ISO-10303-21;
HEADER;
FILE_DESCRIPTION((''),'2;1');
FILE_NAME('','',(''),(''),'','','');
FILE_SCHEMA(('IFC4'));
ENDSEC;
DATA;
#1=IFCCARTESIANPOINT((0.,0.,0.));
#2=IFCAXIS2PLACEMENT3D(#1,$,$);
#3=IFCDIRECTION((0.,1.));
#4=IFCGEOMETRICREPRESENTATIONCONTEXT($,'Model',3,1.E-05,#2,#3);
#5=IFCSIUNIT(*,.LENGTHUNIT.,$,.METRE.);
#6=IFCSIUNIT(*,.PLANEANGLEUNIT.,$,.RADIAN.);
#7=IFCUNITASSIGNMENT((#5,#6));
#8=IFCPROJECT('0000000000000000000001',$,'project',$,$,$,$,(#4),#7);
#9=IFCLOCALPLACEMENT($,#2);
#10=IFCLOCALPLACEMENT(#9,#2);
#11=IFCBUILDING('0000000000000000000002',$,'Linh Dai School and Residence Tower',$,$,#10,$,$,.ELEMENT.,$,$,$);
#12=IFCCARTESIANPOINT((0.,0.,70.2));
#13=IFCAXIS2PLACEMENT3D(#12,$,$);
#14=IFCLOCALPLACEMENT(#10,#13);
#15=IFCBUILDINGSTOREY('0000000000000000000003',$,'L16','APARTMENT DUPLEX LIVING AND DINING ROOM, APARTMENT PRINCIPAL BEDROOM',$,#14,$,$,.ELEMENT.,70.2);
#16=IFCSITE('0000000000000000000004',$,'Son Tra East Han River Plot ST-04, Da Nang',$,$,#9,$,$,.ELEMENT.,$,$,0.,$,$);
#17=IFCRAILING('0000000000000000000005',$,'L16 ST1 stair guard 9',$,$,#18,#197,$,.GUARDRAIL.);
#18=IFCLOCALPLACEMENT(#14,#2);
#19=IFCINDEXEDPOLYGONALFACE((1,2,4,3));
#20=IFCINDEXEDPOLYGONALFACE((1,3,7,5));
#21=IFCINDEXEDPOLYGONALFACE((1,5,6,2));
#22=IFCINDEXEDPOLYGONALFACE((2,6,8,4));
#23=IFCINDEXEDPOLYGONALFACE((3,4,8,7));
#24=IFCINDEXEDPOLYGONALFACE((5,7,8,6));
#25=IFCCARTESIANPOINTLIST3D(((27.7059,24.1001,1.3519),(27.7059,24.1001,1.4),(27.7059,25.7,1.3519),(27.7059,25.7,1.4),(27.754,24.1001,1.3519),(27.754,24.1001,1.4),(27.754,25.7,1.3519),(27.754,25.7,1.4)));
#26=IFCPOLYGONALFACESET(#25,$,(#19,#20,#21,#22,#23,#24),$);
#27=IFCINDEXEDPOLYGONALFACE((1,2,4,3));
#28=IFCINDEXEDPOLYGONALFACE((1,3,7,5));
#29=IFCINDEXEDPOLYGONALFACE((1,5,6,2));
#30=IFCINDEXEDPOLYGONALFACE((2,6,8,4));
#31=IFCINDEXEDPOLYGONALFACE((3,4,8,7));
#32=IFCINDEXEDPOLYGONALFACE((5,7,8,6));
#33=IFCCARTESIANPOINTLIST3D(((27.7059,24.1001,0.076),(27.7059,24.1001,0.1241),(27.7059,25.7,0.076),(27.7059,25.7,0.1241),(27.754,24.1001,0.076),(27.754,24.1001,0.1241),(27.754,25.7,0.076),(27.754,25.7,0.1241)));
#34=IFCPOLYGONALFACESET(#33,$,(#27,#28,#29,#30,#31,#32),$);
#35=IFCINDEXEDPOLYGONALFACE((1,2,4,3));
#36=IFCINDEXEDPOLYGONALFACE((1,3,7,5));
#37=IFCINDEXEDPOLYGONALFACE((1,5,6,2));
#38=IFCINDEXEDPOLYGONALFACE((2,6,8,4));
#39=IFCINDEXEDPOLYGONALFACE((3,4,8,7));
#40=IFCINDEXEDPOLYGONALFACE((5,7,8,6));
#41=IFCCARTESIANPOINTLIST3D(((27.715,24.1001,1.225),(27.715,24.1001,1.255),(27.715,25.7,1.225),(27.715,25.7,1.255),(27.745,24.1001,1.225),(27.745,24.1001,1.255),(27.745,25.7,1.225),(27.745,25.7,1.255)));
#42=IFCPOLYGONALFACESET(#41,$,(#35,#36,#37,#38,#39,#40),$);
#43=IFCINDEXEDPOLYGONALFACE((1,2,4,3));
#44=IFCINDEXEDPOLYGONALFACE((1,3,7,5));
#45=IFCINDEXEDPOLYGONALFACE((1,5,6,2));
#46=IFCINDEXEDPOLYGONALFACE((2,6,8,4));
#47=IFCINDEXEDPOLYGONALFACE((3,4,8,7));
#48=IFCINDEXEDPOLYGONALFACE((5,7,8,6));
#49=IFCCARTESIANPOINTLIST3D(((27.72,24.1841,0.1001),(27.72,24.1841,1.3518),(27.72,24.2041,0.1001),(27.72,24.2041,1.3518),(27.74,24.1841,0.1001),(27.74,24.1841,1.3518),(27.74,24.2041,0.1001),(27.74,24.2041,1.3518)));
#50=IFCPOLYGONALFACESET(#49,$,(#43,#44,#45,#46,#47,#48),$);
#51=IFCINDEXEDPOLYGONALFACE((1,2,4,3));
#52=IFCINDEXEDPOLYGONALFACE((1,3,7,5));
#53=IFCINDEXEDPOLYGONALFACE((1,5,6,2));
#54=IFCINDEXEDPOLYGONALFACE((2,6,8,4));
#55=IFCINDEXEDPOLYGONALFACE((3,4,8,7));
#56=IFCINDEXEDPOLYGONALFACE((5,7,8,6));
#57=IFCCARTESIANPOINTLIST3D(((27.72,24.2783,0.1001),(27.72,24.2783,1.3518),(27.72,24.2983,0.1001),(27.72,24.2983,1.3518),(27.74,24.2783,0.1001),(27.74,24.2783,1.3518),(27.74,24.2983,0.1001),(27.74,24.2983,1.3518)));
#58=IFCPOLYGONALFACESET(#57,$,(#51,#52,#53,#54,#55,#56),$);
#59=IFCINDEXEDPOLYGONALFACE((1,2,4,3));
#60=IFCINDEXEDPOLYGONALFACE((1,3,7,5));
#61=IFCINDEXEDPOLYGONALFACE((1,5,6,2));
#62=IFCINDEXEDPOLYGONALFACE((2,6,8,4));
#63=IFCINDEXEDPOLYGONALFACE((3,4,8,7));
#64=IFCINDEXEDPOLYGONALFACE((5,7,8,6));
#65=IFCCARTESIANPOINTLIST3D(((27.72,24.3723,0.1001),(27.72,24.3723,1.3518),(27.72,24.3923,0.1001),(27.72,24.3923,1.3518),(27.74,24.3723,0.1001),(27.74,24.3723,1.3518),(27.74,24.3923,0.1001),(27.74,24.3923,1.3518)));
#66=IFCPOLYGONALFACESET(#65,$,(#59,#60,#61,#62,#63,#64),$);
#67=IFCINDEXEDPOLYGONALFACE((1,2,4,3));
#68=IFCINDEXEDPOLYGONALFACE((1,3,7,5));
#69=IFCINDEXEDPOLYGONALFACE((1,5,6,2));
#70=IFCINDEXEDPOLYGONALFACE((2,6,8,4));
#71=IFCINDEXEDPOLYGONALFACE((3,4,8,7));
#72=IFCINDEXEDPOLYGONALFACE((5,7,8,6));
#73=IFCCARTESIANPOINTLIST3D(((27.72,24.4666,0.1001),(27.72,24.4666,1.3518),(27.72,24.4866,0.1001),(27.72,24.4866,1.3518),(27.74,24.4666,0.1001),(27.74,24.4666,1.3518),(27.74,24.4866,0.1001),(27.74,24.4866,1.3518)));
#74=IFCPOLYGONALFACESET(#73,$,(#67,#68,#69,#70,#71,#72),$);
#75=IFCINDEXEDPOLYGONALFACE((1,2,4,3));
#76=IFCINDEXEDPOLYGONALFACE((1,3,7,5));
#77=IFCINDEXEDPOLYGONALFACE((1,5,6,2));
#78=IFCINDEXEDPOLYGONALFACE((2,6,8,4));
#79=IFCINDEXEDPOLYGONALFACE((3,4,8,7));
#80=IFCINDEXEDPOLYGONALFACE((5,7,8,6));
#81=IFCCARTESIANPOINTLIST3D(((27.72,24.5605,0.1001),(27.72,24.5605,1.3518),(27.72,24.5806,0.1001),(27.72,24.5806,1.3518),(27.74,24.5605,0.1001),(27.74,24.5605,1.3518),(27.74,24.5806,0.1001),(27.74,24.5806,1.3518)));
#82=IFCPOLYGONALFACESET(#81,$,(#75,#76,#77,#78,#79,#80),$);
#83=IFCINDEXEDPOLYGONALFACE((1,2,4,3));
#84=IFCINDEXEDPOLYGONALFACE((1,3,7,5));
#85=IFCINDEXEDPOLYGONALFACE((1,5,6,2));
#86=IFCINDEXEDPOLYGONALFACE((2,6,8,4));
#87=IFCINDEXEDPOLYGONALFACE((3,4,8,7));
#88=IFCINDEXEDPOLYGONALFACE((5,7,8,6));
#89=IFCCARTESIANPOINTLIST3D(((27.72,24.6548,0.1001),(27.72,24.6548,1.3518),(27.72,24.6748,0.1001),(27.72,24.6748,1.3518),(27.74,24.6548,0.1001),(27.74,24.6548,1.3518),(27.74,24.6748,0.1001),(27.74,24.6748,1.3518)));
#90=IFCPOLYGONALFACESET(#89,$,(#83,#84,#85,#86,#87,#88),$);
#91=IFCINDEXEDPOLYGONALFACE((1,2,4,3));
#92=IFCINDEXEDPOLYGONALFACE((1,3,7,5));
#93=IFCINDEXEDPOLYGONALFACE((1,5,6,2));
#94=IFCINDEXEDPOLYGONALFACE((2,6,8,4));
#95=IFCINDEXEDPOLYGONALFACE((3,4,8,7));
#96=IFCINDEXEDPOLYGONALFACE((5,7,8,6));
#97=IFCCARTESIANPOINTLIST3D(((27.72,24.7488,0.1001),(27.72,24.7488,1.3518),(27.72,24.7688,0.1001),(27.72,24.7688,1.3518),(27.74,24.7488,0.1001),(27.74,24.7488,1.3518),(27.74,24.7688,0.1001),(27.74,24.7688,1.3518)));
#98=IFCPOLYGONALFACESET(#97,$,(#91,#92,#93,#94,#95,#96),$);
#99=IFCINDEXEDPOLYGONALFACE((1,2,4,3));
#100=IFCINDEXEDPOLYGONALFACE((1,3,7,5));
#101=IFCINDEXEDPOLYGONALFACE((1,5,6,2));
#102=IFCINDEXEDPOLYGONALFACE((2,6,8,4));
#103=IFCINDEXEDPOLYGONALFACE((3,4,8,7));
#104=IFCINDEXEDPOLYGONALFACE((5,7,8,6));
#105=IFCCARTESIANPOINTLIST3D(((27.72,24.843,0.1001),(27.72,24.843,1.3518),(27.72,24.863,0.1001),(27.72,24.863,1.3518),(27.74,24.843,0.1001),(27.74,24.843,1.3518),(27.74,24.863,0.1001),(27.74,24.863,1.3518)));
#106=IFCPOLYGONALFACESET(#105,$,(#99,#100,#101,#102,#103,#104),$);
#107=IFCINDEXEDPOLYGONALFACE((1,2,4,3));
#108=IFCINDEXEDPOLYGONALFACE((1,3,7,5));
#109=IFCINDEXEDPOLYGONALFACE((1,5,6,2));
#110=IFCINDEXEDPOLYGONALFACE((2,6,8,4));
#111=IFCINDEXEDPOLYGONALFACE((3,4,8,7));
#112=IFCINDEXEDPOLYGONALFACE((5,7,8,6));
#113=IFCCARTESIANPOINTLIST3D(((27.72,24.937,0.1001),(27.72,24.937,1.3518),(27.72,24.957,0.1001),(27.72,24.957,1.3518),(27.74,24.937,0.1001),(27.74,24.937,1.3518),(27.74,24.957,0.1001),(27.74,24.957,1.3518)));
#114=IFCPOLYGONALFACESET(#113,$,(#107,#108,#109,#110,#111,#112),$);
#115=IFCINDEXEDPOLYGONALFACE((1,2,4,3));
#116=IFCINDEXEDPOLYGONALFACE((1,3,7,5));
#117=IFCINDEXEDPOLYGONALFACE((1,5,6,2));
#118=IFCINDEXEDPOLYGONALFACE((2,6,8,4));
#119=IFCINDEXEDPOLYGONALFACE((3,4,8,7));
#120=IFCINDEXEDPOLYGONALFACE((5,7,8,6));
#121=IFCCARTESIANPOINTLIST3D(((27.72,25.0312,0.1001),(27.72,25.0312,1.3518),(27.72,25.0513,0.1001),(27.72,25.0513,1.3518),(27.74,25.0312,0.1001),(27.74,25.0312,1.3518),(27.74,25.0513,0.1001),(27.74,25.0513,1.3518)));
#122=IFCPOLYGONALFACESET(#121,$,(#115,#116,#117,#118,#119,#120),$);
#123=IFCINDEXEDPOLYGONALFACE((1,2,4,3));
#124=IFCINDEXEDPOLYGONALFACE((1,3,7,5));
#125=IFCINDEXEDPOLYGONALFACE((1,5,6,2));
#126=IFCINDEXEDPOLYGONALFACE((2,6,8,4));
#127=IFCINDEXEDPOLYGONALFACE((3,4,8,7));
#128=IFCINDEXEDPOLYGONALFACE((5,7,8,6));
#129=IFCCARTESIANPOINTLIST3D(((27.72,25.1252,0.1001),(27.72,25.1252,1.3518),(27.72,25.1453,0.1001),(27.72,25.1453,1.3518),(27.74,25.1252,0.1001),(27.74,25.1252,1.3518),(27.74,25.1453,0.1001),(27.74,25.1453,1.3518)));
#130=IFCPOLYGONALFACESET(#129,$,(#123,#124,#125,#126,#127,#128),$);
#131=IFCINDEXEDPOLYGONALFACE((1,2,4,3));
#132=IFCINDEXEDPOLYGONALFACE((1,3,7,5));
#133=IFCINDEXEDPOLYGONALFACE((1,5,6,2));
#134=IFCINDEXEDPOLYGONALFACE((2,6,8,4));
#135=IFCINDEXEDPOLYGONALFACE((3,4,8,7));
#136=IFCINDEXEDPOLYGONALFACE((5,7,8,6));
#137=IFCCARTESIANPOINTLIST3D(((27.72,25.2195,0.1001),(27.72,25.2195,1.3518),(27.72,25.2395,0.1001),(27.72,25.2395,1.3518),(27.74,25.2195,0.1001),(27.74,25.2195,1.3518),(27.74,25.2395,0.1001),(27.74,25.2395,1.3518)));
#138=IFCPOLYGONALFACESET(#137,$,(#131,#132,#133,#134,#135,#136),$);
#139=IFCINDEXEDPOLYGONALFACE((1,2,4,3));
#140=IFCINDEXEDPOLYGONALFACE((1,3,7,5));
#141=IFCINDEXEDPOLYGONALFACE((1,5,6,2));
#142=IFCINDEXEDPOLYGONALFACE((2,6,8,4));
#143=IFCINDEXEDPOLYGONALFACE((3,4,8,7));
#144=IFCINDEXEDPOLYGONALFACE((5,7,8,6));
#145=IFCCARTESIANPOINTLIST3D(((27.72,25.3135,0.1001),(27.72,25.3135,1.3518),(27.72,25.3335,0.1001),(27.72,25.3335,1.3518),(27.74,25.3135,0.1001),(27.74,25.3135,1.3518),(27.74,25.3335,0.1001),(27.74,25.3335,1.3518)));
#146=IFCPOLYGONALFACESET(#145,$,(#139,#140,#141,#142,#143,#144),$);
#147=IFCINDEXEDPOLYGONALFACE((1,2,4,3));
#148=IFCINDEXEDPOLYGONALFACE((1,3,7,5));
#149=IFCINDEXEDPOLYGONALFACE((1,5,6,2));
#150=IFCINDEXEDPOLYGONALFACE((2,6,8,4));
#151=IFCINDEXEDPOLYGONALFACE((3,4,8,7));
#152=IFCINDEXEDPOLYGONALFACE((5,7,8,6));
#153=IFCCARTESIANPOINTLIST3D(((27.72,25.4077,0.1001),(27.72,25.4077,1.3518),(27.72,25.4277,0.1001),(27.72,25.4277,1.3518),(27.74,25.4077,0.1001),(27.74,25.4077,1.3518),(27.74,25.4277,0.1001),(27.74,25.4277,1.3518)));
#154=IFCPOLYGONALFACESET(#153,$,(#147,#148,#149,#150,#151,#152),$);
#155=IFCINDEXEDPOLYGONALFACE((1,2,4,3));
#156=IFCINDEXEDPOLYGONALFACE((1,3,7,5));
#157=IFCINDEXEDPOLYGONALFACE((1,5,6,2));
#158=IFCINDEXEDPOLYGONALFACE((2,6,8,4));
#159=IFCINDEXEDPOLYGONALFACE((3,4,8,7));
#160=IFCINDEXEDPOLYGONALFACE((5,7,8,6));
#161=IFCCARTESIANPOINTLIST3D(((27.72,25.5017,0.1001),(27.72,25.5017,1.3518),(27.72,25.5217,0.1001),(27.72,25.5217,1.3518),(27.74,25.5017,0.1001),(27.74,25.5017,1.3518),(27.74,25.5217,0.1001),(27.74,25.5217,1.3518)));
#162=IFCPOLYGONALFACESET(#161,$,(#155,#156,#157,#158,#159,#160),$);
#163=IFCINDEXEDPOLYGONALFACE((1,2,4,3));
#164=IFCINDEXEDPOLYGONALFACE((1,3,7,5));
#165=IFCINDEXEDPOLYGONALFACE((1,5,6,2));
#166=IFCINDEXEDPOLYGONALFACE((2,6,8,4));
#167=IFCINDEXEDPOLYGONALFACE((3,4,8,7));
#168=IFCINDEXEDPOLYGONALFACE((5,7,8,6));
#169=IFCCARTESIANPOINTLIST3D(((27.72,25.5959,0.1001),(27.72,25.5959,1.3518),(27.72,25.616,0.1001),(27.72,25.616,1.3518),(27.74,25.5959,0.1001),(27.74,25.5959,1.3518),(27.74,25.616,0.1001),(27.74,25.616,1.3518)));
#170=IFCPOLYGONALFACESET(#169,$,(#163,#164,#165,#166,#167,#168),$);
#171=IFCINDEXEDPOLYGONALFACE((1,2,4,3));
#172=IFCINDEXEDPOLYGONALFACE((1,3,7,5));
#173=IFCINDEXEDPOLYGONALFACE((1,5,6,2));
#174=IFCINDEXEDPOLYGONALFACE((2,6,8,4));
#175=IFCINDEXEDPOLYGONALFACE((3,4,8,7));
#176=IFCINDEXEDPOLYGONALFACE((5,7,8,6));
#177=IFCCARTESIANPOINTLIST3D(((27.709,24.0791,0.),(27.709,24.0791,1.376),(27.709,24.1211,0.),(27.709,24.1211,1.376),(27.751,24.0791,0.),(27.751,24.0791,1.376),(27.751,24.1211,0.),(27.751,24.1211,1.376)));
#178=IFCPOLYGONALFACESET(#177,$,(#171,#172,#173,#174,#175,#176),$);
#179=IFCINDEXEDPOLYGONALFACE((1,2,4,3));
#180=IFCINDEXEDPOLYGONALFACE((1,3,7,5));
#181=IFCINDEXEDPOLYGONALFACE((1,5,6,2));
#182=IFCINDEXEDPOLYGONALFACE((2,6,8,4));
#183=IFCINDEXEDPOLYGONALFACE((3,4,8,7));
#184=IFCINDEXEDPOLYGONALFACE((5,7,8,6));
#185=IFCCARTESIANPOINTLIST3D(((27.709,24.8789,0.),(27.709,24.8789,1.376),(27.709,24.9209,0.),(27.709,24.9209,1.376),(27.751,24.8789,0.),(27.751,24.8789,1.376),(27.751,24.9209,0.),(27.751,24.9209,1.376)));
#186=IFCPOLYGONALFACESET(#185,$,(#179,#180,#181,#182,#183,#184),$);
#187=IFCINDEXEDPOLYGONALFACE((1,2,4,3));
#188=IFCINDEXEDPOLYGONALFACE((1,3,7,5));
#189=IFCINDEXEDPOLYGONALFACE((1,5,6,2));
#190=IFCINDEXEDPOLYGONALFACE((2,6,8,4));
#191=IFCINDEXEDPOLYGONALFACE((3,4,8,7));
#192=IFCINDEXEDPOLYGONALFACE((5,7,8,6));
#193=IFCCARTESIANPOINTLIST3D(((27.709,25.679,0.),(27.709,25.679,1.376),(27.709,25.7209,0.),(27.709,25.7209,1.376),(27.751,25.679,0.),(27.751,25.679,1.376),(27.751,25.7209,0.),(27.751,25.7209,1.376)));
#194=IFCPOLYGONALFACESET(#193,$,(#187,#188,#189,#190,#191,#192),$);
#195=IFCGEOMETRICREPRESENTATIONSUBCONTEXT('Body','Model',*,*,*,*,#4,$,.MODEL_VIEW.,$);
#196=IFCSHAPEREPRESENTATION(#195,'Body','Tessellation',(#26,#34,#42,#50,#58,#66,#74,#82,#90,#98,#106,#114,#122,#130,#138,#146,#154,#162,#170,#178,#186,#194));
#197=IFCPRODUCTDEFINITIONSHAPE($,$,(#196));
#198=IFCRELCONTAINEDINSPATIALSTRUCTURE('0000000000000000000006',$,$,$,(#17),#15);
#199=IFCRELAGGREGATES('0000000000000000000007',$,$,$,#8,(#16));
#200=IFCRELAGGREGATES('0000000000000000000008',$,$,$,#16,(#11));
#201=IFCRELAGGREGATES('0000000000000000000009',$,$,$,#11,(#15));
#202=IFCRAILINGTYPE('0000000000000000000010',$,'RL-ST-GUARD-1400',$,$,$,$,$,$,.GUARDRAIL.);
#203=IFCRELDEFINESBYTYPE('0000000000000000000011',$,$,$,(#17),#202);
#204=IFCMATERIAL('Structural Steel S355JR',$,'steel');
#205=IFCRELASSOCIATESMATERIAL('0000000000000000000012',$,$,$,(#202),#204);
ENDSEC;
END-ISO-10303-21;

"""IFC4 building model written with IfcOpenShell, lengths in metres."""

from ifc_helpers import new_model, si_unit, direction, frame, origin, origin_2d, place, context, subcontext, project, spatial, rectangle, extrude, source, transform, mapped, material, type_object, element, save


model = new_model("IFC4")

# Units and contexts
model_context = context("Model", 3, precision=1e-05, world=origin(), true_north=direction((0.0, 1.0)))
body_context = subcontext(model_context, "Body", "Model", "MODEL_VIEW")
ifc_project = project(units=[si_unit("LENGTHUNIT", "METRE"), si_unit("PLANEANGLEUNIT", "RADIAN")], contexts=[model_context])

# Site, building, storey
site_placement = place(None, origin())
site = spatial("IfcSite", under=ifc_project, at=site_placement, Name="Son Tra East Han River Plot ST-04, Da Nang", CompositionType="ELEMENT", RefElevation=0.0)
building_placement = place(site_placement, origin())
building = spatial("IfcBuilding", under=site, at=building_placement, Name="Linh Dai School and Residence Tower", CompositionType="ELEMENT")
storey_placement = place(building_placement, frame((0.0, 0.0, 70.2)))
storey = spatial("IfcBuildingStorey", under=building, at=storey_placement, Name="L16", Description="APARTMENT DUPLEX LIVING AND DINING ROOM, APARTMENT PRINCIPAL BEDROOM", CompositionType="ELEMENT", Elevation=70.2)

# Shared definitions
ifc_material_1 = material(Name="Structural Steel S355JR", Category="steel")

# Railing
railing_type_1 = type_object("IfcRailingType", Name="RL-ST-GUARD-1400", PredefinedType="GUARDRAIL", material=ifc_material_1)
shared_shape_1 = source(origin(), body_context, "Body", "SweptSolid", [
    extrude(rectangle(XDim=0.0481, YDim=0.0481, at=origin_2d()), frame((0.0, 0.0, 1.376), z_axis=(0.0, 1.0, 0.0), x_axis=(-1.0, 0.0, 0.0)), (0.0, 0.0, 1.0), 1.5999),
    extrude(rectangle(XDim=0.0481, YDim=0.0481, at=origin_2d()), frame((0.0, 0.0, 0.1001), z_axis=(0.0, 1.0, 0.0), x_axis=(-1.0, 0.0, 0.0)), (0.0, 0.0, 1.0), 1.5999),
    extrude(rectangle(XDim=0.03, YDim=0.03, at=origin_2d()), frame((0.0, 0.0, 1.24), z_axis=(0.0, 1.0, 0.0), x_axis=(-1.0, 0.0, 0.0)), (0.0, 0.0, 1.0), 1.5999),
    extrude(rectangle(XDim=0.02, YDim=0.02, at=origin_2d()), frame((0.0, 0.094, 0.1001)), (0.0, 0.0, 1.0), 1.2517),
    extrude(rectangle(XDim=0.02, YDim=0.02, at=origin_2d()), frame((0.0, 0.1882, 0.1001)), (0.0, 0.0, 1.0), 1.2517),
    extrude(rectangle(XDim=0.02, YDim=0.02, at=origin_2d()), frame((0.0, 0.2822, 0.1001)), (0.0, 0.0, 1.0), 1.2517),
    extrude(rectangle(XDim=0.02, YDim=0.02, at=origin_2d()), frame((0.0, 0.3765, 0.1001)), (0.0, 0.0, 1.0), 1.2517),
    extrude(rectangle(XDim=0.02, YDim=0.02, at=origin_2d()), frame((0.0, 0.4705, 0.1001)), (0.0, 0.0, 1.0), 1.2517),
    extrude(rectangle(XDim=0.02, YDim=0.02, at=origin_2d()), frame((0.0, 0.5647, 0.1001)), (0.0, 0.0, 1.0), 1.2517),
    extrude(rectangle(XDim=0.02, YDim=0.02, at=origin_2d()), frame((0.0, 0.6587, 0.1001)), (0.0, 0.0, 1.0), 1.2517),
    extrude(rectangle(XDim=0.02, YDim=0.02, at=origin_2d()), frame((0.0, 0.7529, 0.1001)), (0.0, 0.0, 1.0), 1.2517),
    extrude(rectangle(XDim=0.02, YDim=0.02, at=origin_2d()), frame((0.0, 0.8469, 0.1001)), (0.0, 0.0, 1.0), 1.2517),
    extrude(rectangle(XDim=0.02, YDim=0.02, at=origin_2d()), frame((0.0, 0.9412, 0.1001)), (0.0, 0.0, 1.0), 1.2517),
    extrude(rectangle(XDim=0.02, YDim=0.02, at=origin_2d()), frame((0.0, 1.0352, 0.1001)), (0.0, 0.0, 1.0), 1.2517),
    extrude(rectangle(XDim=0.02, YDim=0.02, at=origin_2d()), frame((0.0, 1.1294, 0.1001)), (0.0, 0.0, 1.0), 1.2517),
    extrude(rectangle(XDim=0.02, YDim=0.02, at=origin_2d()), frame((0.0, 1.2234, 0.1001)), (0.0, 0.0, 1.0), 1.2517),
    extrude(rectangle(XDim=0.02, YDim=0.02, at=origin_2d()), frame((0.0, 1.3176, 0.1001)), (0.0, 0.0, 1.0), 1.2517),
    extrude(rectangle(XDim=0.02, YDim=0.02, at=origin_2d()), frame((0.0, 1.4116, 0.1001)), (0.0, 0.0, 1.0), 1.2517),
    extrude(rectangle(XDim=0.02, YDim=0.02, at=origin_2d()), frame((0.0, 1.5059, 0.1001)), (0.0, 0.0, 1.0), 1.2517),
    extrude(rectangle(XDim=0.042, YDim=0.042, at=origin_2d()), origin(), (0.0, 0.0, 1.0), 1.376),
    extrude(rectangle(XDim=0.042, YDim=0.042, at=origin_2d()), frame((0.0, 0.7998, 0.0)), (0.0, 0.0, 1.0), 1.376),
    extrude(rectangle(XDim=0.042, YDim=0.042, at=origin_2d()), frame((0.0, 1.5999, 0.0)), (0.0, 0.0, 1.0), 1.376),
])
for number, where, name in (
    (1, (27.73, 24.1001, 0.0), "L16 ST1 stair guard 9"),
):
    element("IfcRailing", number, at=place(storey_placement, frame(where)), inside=storey, type_object=railing_type_1, Name=name, PredefinedType="GUARDRAIL", context=body_context, shape_type="MappedRepresentation", body=[
        mapped(shared_shape_1, transform((0.0, 0.0, 0.0), x_axis=(1.0, 0.0, 0.0), y_axis=(0.0, 1.0, 0.0), z_axis=(0.0, 0.0, 1.0), scale=1.0)),
    ])

save(model, "model.ifc")
